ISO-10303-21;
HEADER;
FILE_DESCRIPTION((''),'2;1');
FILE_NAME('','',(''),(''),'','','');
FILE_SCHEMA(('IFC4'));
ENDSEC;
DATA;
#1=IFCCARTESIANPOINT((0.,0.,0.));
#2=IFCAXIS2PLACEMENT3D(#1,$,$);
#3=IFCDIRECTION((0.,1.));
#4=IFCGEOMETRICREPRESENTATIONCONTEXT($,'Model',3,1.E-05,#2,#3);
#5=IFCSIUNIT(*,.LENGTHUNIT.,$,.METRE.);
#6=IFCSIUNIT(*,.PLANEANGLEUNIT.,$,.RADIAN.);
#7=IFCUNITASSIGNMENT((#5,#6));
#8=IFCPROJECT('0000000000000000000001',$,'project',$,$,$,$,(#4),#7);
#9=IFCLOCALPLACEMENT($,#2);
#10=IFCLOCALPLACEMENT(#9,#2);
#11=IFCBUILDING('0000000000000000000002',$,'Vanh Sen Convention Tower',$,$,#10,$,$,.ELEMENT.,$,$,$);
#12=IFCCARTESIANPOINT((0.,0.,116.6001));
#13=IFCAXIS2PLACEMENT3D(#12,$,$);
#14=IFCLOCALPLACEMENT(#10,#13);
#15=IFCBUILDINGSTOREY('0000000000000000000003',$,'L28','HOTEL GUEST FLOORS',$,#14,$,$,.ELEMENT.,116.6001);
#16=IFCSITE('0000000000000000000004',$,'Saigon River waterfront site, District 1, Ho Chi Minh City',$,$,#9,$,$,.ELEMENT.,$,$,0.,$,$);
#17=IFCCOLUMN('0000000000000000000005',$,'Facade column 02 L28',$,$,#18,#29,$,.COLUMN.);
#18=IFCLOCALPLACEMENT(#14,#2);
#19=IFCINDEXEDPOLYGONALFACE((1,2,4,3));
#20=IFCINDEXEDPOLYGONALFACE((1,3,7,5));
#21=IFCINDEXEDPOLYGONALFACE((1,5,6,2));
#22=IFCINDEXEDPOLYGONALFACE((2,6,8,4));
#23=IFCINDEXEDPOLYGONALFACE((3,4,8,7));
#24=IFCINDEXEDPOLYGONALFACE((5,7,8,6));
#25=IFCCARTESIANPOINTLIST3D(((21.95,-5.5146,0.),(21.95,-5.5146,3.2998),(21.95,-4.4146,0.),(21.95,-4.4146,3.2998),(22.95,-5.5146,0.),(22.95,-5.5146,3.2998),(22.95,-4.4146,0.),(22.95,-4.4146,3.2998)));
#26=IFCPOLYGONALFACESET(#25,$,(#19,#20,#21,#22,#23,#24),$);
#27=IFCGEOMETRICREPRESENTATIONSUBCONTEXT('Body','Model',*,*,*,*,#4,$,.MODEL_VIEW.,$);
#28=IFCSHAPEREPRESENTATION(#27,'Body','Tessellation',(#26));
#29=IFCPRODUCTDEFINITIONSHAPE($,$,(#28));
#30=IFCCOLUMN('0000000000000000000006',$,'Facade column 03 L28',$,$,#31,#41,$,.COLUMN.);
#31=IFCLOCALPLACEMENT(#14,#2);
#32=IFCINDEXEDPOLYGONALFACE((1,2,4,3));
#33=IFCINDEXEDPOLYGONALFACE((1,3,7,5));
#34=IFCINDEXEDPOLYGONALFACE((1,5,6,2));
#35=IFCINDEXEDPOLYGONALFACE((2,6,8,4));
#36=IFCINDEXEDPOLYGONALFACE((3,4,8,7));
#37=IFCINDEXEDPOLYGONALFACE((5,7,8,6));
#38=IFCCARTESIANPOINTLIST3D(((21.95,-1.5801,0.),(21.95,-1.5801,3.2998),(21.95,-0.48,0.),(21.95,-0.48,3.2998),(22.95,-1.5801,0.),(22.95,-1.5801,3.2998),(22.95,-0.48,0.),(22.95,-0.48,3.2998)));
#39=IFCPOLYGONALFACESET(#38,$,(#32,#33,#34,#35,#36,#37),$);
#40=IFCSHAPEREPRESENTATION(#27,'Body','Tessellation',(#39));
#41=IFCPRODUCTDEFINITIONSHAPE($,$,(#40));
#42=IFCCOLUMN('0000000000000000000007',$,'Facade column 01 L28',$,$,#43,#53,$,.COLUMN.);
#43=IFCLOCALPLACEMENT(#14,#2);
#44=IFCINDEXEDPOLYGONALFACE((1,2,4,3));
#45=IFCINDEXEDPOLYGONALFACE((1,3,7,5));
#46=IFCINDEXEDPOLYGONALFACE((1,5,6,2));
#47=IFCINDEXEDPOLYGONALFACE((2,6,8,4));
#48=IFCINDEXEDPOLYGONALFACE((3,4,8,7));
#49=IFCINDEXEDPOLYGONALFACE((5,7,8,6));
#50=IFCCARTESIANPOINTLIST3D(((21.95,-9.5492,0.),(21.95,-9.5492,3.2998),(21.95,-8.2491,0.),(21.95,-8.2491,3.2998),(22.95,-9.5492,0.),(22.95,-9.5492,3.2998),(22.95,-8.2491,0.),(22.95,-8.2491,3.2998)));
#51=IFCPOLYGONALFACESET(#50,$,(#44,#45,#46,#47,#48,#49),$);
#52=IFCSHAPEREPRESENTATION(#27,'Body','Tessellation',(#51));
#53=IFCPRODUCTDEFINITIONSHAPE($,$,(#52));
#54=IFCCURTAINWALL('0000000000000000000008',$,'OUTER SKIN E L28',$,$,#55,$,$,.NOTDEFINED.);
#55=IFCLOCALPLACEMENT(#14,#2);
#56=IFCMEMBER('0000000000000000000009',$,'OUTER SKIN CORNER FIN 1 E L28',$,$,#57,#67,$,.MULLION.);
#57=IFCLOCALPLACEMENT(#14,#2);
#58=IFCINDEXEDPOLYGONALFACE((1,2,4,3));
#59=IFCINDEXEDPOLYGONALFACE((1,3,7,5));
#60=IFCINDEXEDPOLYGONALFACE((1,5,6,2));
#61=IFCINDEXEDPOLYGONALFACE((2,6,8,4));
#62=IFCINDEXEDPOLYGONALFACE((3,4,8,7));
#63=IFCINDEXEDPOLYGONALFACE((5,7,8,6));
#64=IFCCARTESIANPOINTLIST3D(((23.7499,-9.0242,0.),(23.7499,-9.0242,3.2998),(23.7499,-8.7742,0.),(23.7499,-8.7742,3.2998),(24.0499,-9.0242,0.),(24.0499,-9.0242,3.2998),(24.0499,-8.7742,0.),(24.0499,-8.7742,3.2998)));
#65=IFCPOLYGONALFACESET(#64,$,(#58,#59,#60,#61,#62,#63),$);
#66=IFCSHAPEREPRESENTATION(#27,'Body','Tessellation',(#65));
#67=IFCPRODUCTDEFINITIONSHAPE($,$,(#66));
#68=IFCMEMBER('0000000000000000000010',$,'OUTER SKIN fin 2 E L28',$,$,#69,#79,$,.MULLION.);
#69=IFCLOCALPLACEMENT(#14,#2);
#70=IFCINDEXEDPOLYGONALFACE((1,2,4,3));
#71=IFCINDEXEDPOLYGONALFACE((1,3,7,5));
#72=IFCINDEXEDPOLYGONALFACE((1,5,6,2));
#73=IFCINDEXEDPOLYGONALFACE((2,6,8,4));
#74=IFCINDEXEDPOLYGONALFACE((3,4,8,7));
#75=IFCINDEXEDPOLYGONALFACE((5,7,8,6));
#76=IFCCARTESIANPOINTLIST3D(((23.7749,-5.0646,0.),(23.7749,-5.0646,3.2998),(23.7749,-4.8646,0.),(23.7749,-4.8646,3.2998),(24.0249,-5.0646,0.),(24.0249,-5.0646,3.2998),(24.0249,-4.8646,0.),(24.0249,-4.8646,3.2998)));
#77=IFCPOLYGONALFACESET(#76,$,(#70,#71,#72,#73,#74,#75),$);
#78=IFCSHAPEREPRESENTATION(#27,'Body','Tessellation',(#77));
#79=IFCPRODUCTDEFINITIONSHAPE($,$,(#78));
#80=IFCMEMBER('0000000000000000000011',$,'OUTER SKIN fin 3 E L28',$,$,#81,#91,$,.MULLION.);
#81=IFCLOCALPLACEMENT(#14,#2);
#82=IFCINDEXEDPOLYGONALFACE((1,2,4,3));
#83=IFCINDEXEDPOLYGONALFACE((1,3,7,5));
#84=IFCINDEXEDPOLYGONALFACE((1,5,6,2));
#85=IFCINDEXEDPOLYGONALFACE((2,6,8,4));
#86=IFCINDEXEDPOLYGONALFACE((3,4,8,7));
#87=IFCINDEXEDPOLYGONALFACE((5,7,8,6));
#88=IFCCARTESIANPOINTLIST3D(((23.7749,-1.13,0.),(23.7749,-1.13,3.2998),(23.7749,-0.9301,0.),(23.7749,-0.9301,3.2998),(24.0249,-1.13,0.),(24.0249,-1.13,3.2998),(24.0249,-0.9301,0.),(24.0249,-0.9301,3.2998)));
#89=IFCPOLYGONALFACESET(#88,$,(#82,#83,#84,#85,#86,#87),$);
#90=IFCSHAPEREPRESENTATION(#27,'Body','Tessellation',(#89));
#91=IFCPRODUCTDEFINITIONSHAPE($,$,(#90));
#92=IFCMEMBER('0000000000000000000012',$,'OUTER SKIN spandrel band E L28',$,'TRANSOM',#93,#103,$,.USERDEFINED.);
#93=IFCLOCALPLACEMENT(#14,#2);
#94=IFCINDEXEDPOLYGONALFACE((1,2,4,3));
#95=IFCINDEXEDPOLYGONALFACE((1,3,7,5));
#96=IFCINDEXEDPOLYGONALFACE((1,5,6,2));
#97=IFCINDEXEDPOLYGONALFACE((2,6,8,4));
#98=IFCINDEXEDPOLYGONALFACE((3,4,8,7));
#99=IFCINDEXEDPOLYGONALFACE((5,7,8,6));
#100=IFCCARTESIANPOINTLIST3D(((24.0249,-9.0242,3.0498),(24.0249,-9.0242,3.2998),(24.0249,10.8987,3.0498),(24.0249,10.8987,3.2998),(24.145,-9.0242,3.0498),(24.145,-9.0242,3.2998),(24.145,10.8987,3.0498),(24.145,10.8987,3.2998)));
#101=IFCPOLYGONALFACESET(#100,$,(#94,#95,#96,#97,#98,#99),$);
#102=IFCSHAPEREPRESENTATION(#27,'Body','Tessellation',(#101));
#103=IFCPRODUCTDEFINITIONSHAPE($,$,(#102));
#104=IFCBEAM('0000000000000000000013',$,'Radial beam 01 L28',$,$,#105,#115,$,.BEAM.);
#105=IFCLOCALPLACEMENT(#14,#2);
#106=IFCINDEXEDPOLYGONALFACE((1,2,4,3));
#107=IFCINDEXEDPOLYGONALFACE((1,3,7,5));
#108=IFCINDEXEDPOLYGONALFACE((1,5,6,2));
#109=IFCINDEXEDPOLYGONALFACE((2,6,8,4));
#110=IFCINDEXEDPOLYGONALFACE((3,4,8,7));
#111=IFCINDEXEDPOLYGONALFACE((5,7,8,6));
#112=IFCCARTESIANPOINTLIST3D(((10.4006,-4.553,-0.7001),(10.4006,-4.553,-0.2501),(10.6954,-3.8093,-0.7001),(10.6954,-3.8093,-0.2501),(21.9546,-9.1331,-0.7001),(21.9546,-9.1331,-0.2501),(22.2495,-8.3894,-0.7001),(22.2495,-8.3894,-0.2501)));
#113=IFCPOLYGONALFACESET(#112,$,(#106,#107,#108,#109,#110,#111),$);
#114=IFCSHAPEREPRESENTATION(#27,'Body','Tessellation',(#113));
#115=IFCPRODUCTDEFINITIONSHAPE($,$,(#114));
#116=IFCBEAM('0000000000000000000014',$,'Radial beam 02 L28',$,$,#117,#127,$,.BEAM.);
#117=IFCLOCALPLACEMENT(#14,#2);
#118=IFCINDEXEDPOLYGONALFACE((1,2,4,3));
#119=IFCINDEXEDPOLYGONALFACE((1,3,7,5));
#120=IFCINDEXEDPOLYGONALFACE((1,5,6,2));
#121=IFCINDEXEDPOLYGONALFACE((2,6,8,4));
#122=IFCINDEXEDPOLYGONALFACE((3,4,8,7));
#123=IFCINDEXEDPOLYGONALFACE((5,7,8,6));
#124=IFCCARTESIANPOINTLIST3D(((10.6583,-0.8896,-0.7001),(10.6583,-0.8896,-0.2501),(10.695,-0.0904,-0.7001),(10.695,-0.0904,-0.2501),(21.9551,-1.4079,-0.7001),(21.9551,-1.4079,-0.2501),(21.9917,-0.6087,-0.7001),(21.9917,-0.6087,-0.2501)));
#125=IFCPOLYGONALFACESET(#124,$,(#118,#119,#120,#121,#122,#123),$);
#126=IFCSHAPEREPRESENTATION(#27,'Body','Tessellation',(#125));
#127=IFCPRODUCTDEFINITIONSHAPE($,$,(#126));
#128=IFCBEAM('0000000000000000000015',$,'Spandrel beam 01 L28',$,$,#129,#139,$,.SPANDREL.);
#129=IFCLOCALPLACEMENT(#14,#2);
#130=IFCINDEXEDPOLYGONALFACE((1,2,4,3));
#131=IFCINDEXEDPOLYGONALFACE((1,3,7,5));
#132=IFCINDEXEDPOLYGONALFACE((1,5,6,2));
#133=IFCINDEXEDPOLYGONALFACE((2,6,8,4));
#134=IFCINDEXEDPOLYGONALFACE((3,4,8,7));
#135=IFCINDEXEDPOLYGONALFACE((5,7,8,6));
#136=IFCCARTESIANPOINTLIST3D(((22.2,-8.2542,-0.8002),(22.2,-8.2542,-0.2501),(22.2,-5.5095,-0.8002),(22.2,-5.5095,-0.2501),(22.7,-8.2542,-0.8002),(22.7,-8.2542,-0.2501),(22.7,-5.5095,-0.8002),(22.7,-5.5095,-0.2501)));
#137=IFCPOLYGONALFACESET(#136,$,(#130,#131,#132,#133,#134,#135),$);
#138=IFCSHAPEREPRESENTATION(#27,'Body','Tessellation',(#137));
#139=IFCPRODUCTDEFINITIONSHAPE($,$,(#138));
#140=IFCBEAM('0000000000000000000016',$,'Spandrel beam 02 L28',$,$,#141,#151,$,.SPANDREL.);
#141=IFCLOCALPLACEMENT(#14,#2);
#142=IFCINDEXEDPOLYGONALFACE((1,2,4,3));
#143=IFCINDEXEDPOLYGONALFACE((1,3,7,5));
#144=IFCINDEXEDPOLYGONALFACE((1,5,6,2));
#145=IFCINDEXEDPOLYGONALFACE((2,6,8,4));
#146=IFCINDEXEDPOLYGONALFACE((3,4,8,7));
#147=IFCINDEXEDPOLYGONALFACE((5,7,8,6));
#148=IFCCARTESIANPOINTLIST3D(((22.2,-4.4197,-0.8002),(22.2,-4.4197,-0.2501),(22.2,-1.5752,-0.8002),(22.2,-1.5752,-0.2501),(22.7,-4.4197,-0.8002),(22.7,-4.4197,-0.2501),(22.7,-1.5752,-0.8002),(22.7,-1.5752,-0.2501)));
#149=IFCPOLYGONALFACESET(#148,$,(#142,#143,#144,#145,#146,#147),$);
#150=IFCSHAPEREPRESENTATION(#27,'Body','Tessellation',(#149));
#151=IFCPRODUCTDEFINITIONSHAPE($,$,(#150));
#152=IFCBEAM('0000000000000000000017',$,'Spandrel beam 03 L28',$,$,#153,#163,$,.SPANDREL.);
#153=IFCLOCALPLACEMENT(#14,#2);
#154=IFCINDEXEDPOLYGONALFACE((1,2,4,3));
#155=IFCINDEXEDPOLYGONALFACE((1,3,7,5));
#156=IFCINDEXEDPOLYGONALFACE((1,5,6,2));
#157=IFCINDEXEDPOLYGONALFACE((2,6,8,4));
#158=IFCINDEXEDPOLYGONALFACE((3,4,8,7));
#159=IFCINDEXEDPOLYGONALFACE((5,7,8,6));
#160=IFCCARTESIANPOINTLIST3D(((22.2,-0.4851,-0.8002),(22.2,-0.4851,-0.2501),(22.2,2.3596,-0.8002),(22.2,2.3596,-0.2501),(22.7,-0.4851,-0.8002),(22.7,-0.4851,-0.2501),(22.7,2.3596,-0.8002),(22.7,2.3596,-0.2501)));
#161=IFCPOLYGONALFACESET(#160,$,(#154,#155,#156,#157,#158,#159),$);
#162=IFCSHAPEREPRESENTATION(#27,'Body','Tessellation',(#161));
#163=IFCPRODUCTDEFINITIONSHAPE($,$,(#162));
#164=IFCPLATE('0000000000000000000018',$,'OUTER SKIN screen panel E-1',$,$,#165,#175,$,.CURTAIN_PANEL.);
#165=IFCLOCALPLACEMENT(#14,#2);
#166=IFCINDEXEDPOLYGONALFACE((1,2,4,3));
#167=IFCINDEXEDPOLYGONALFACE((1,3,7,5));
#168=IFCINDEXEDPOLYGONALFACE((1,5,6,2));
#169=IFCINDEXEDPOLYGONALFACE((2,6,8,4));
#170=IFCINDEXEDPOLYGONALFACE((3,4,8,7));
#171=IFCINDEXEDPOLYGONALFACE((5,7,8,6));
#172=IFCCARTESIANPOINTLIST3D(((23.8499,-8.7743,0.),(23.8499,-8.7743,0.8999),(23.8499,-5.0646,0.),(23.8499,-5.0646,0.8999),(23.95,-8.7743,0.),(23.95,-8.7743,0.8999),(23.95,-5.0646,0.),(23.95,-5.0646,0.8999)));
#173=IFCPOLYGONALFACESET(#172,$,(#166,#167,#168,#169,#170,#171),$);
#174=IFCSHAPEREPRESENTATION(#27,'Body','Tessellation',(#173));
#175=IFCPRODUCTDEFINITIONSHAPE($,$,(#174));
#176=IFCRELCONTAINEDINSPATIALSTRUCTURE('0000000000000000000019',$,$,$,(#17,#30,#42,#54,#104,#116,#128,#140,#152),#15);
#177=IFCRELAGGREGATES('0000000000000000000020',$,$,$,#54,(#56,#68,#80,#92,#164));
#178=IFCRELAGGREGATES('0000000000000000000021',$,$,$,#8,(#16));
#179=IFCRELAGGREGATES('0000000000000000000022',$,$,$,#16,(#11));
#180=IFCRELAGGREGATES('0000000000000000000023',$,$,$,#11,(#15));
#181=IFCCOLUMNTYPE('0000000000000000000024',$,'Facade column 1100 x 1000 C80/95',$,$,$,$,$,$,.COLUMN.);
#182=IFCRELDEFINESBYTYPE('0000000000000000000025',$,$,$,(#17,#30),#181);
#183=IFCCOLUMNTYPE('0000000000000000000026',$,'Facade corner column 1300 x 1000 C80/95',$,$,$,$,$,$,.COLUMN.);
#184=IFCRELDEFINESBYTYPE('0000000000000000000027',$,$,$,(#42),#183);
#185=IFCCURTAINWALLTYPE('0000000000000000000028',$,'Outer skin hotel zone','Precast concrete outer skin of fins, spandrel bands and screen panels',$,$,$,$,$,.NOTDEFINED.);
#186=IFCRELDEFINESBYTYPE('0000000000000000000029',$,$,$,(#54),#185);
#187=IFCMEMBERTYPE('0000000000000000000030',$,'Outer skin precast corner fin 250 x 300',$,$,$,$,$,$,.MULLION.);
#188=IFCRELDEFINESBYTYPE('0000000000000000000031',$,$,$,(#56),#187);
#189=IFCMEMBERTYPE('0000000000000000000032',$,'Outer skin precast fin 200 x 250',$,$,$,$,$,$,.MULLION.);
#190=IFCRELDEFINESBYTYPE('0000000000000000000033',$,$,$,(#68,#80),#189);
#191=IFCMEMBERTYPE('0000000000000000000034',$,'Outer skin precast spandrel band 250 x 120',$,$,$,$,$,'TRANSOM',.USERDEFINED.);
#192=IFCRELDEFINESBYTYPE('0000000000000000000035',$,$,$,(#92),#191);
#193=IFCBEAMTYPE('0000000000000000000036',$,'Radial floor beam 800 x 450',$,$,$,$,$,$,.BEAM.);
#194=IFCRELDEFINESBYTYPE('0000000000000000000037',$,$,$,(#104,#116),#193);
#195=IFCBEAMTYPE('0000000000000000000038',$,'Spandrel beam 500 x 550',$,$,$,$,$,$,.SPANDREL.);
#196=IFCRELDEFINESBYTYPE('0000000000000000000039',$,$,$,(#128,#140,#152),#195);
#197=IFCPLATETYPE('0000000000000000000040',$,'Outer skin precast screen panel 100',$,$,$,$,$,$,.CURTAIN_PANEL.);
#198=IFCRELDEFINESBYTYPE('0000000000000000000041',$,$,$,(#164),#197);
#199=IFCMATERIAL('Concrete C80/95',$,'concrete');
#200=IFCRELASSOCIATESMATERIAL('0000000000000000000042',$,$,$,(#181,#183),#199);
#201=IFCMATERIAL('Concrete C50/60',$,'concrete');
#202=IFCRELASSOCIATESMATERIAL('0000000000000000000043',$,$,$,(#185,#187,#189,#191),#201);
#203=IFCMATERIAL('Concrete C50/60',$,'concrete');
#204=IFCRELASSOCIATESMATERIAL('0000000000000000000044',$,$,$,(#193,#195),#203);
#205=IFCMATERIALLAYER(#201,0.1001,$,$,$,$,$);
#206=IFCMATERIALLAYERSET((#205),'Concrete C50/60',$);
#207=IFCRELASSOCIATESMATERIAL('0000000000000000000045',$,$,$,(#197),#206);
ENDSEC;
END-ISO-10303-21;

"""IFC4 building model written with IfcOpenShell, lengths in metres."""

from ifc_helpers import new_model, si_unit, direction, frame, origin, origin_2d, place, context, subcontext, project, spatial, rectangle, extrude, material, layer, layer_set, material_profile, profile_set, type_object, element, aggregate, save


model = new_model("IFC4")

# Units and contexts
model_context = context("Model", 3, precision=1e-05, world=origin(), true_north=direction((0.0, 1.0)))
body_context = subcontext(model_context, "Body", "Model", "MODEL_VIEW")
ifc_project = project(units=[si_unit("LENGTHUNIT", "METRE"), si_unit("PLANEANGLEUNIT", "RADIAN")], contexts=[model_context])

# Site, building, storey
site_placement = place(None, origin())
site = spatial("IfcSite", under=ifc_project, at=site_placement, Name="Saigon River waterfront site, District 1, Ho Chi Minh City", CompositionType="ELEMENT", RefElevation=0.0)
building_placement = place(site_placement, origin())
building = spatial("IfcBuilding", under=site, at=building_placement, Name="Vanh Sen Convention Tower", CompositionType="ELEMENT")
storey_placement = place(building_placement, frame((0.0, 0.0, 116.6001)))
storey = spatial("IfcBuildingStorey", under=building, at=storey_placement, Name="L28", Description="HOTEL GUEST FLOORS", CompositionType="ELEMENT", Elevation=116.6001)

# Columns
ifc_material_1 = material(Name="Concrete C80/95", Category="concrete")
ifc_material_profile_1 = material_profile(ifc_material_1, rectangle(XDim=1.1001, YDim=1.0, at=origin_2d()), Name="RC 1100X1000")
ifc_profile_set_1 = profile_set([ifc_material_profile_1], Name="Concrete C80/95")
column_type_1 = type_object("IfcColumnType", Name="Facade column 1100 x 1000 C80/95", PredefinedType="COLUMN", material=ifc_profile_set_1)
for number, where, z_axis, x_axis, name in (
    (1, (22.45, -4.9646, 0.0), (0.0, 0.0, 1.0), (0.0, 1.0, 0.0), "Facade column 02 L28"),
    (2, (22.45, -1.03, 0.0), (0.0, 0.0, 1.0), (0.0, 1.0, 0.0), "Facade column 03 L28"),
):
    element("IfcColumn", number, at=place(storey_placement, frame(where, z_axis=z_axis, x_axis=x_axis)), inside=storey, type_object=column_type_1, Name=name, PredefinedType="COLUMN", context=body_context, shape_type="SweptSolid", body=[
        extrude(rectangle(XDim=1.1001, YDim=1.0, at=origin_2d()), origin(), (0.0, 0.0, 1.0), 3.2998),
    ])
ifc_material_profile_2 = material_profile(ifc_material_1, rectangle(XDim=1.3, YDim=1.0, at=origin_2d()), Name="RC 1300X1000")
ifc_profile_set_2 = profile_set([ifc_material_profile_2], Name="Concrete C80/95")
column_type_2 = type_object("IfcColumnType", Name="Facade corner column 1300 x 1000 C80/95", PredefinedType="COLUMN", material=ifc_profile_set_2)
column_placement = place(storey_placement, frame((22.45, -8.8992, 0.0), z_axis=(0.0, 0.0, 1.0), x_axis=(0.0, 1.0, 0.0)))
element("IfcColumn", 3, at=column_placement, inside=storey, type_object=column_type_2, Name="Facade column 01 L28", PredefinedType="COLUMN", context=body_context, shape_type="SweptSolid", body=[
    extrude(rectangle(XDim=1.3, YDim=1.0, at=origin_2d()), origin(), (0.0, 0.0, 1.0), 3.2998),
])

# Curtain wall, members
ifc_material_2 = material(Name="Concrete C50/60", Category="concrete")
curtain_wall_type = type_object("IfcCurtainWallType", Name="Outer skin hotel zone", Description="Precast concrete outer skin of fins, spandrel bands and screen panels", PredefinedType="NOTDEFINED", material=ifc_material_2)
curtain_wall_placement = place(storey_placement, origin())
curtain_wall = element("IfcCurtainWall", 4, at=curtain_wall_placement, inside=storey, type_object=curtain_wall_type, Name="OUTER SKIN E L28", PredefinedType="NOTDEFINED")
ifc_material_profile_3 = material_profile(ifc_material_2, rectangle(XDim=0.25, YDim=0.3, at=origin_2d()), Name="Outer skin precast corner fin 250 x 300")
ifc_profile_set_3 = profile_set([ifc_material_profile_3], Name="Concrete C50/60")
member_type_1 = type_object("IfcMemberType", Name="Outer skin precast corner fin 250 x 300", PredefinedType="MULLION", material=ifc_profile_set_3)
member_1_placement = place(storey_placement, frame((23.8999, -8.8992, 0.0), z_axis=(0.0, 0.0, 1.0), x_axis=(0.0, 1.0, 0.0)))
member_1 = element("IfcMember", 5, at=member_1_placement, type_object=member_type_1, Name="OUTER SKIN CORNER FIN 1 E L28", PredefinedType="MULLION", context=body_context, shape_type="SweptSolid", body=[
    extrude(rectangle(XDim=0.25, YDim=0.3, at=origin_2d()), origin(), (0.0, 0.0, 1.0), 3.2998),
])
ifc_material_profile_4 = material_profile(ifc_material_2, rectangle(XDim=0.2, YDim=0.25, at=origin_2d()), Name="Outer skin precast fin 200 x 250")
ifc_profile_set_4 = profile_set([ifc_material_profile_4], Name="Concrete C50/60")
member_type_2 = type_object("IfcMemberType", Name="Outer skin precast fin 200 x 250", PredefinedType="MULLION", material=ifc_profile_set_4)
member_2_placement = place(storey_placement, frame((23.8999, -4.9646, 0.0), z_axis=(0.0, 0.0, 1.0), x_axis=(0.0, 1.0, 0.0)))
member_2 = element("IfcMember", 6, at=member_2_placement, type_object=member_type_2, Name="OUTER SKIN fin 2 E L28", PredefinedType="MULLION", context=body_context, shape_type="SweptSolid", body=[
    extrude(rectangle(XDim=0.2, YDim=0.25, at=origin_2d()), origin(), (0.0, 0.0, 1.0), 3.2998),
])
member_3_placement = place(storey_placement, frame((23.8999, -1.03, 0.0), z_axis=(0.0, 0.0, 1.0), x_axis=(0.0, 1.0, 0.0)))
member_3 = element("IfcMember", 7, at=member_3_placement, type_object=member_type_2, Name="OUTER SKIN fin 3 E L28", PredefinedType="MULLION", context=body_context, shape_type="SweptSolid", body=[
    extrude(rectangle(XDim=0.2, YDim=0.25, at=origin_2d()), origin(), (0.0, 0.0, 1.0), 3.2998),
])
ifc_material_profile_5 = material_profile(ifc_material_2, rectangle(XDim=0.1201, YDim=0.25, at=origin_2d()), Name="Outer skin precast spandrel band 250 x 120")
ifc_profile_set_5 = profile_set([ifc_material_profile_5], Name="Concrete C50/60")
member_type_3 = type_object("IfcMemberType", Name="Outer skin precast spandrel band 250 x 120", ElementType="TRANSOM", PredefinedType="USERDEFINED", material=ifc_profile_set_5)
member_4_placement = place(storey_placement, frame((24.085, -9.0242, 3.1748), z_axis=(0.0, 1.0, 0.0), x_axis=(-1.0, 0.0, 0.0)))
member_4 = element("IfcMember", 8, at=member_4_placement, type_object=member_type_3, Name="OUTER SKIN spandrel band E L28", ObjectType="TRANSOM", PredefinedType="USERDEFINED", context=body_context, shape_type="SweptSolid", body=[
    extrude(rectangle(XDim=0.1201, YDim=0.25, at=origin_2d()), origin(), (0.0, 0.0, 1.0), 19.9229),
])

# Beams
ifc_material_3 = material(Name="Concrete C50/60", Category="concrete")
ifc_material_profile_6 = material_profile(ifc_material_3, rectangle(XDim=0.8, YDim=0.45, at=origin_2d()), Name="RC 800X450")
ifc_profile_set_6 = profile_set([ifc_material_profile_6], Name="Concrete C50/60")
beam_type_1 = type_object("IfcBeamType", Name="Radial floor beam 800 x 450", PredefinedType="BEAM", material=ifc_profile_set_6)
beam_1_placement = place(storey_placement, frame((22.1021, -8.7612, -0.4751), z_axis=(-0.929624, 0.36851, 0.0), x_axis=(-0.36851, -0.929624, 0.0)))
element("IfcBeam", 9, at=beam_1_placement, inside=storey, type_object=beam_type_1, Name="Radial beam 01 L28", PredefinedType="BEAM", context=body_context, shape_type="SweptSolid", body=[
    extrude(rectangle(XDim=0.8, YDim=0.45, at=origin_2d()), origin(), (0.0, 0.0, 1.0), 12.4287),
])
beam_2_placement = place(storey_placement, frame((21.9734, -1.0083, -0.4751), z_axis=(-0.998949, 0.045834, 0.0), x_axis=(-0.045834, -0.998949, 0.0)))
element("IfcBeam", 10, at=beam_2_placement, inside=storey, type_object=beam_type_1, Name="Radial beam 02 L28", PredefinedType="BEAM", context=body_context, shape_type="SweptSolid", body=[
    extrude(rectangle(XDim=0.8, YDim=0.45, at=origin_2d()), origin(), (0.0, 0.0, 1.0), 11.3086),
])
ifc_material_profile_7 = material_profile(ifc_material_3, rectangle(XDim=0.5, YDim=0.55, at=origin_2d()), Name="RC 500X550")
ifc_profile_set_7 = profile_set([ifc_material_profile_7], Name="Concrete C50/60")
beam_type_2 = type_object("IfcBeamType", Name="Spandrel beam 500 x 550", PredefinedType="SPANDREL", material=ifc_profile_set_7)
beam_3_placement = place(storey_placement, frame((22.45, -8.2542, -0.5251), z_axis=(0.0, 1.0, 0.0), x_axis=(-1.0, 0.0, 0.0)))
element("IfcBeam", 11, at=beam_3_placement, inside=storey, type_object=beam_type_2, Name="Spandrel beam 01 L28", PredefinedType="SPANDREL", context=body_context, shape_type="SweptSolid", body=[
    extrude(rectangle(XDim=0.5, YDim=0.55, at=origin_2d()), origin(), (0.0, 0.0, 1.0), 2.7446),
])
beam_4_placement = place(storey_placement, frame((22.45, -4.4197, -0.5251), z_axis=(0.0, 1.0, 0.0), x_axis=(-1.0, 0.0, 0.0)))
element("IfcBeam", 12, at=beam_4_placement, inside=storey, type_object=beam_type_2, Name="Spandrel beam 02 L28", PredefinedType="SPANDREL", context=body_context, shape_type="SweptSolid", body=[
    extrude(rectangle(XDim=0.5, YDim=0.55, at=origin_2d()), origin(), (0.0, 0.0, 1.0), 2.8445),
])
beam_5_placement = place(storey_placement, frame((22.45, -0.4851, -0.5251), z_axis=(0.0, 1.0, 0.0), x_axis=(-1.0, 0.0, 0.0)))
element("IfcBeam", 13, at=beam_5_placement, inside=storey, type_object=beam_type_2, Name="Spandrel beam 03 L28", PredefinedType="SPANDREL", context=body_context, shape_type="SweptSolid", body=[
    extrude(rectangle(XDim=0.5, YDim=0.55, at=origin_2d()), origin(), (0.0, 0.0, 1.0), 2.8447),
])

# Plate
ifc_layer_1 = layer(ifc_material_2, 0.1001)
ifc_layer_set_1 = layer_set([ifc_layer_1], Name="Concrete C50/60")
plate_type = type_object("IfcPlateType", Name="Outer skin precast screen panel 100", PredefinedType="CURTAIN_PANEL", material=ifc_layer_set_1)
plate_1_placement = place(storey_placement, frame((23.8999, -6.9194, 0.0), z_axis=(0.0, 0.0, 1.0), x_axis=(0.0, 1.0, 0.0)))
plate_1 = element("IfcPlate", 14, at=plate_1_placement, type_object=plate_type, Name="OUTER SKIN screen panel E-1", PredefinedType="CURTAIN_PANEL", context=body_context, shape_type="SweptSolid", body=[
    extrude(rectangle(XDim=3.7097, YDim=0.1001, at=origin_2d()), origin(), (0.0, 0.0, 1.0), 0.8999),
])
aggregate(curtain_wall, [member_1, member_2, member_3, member_4, plate_1])

save(model, "model.ifc")
